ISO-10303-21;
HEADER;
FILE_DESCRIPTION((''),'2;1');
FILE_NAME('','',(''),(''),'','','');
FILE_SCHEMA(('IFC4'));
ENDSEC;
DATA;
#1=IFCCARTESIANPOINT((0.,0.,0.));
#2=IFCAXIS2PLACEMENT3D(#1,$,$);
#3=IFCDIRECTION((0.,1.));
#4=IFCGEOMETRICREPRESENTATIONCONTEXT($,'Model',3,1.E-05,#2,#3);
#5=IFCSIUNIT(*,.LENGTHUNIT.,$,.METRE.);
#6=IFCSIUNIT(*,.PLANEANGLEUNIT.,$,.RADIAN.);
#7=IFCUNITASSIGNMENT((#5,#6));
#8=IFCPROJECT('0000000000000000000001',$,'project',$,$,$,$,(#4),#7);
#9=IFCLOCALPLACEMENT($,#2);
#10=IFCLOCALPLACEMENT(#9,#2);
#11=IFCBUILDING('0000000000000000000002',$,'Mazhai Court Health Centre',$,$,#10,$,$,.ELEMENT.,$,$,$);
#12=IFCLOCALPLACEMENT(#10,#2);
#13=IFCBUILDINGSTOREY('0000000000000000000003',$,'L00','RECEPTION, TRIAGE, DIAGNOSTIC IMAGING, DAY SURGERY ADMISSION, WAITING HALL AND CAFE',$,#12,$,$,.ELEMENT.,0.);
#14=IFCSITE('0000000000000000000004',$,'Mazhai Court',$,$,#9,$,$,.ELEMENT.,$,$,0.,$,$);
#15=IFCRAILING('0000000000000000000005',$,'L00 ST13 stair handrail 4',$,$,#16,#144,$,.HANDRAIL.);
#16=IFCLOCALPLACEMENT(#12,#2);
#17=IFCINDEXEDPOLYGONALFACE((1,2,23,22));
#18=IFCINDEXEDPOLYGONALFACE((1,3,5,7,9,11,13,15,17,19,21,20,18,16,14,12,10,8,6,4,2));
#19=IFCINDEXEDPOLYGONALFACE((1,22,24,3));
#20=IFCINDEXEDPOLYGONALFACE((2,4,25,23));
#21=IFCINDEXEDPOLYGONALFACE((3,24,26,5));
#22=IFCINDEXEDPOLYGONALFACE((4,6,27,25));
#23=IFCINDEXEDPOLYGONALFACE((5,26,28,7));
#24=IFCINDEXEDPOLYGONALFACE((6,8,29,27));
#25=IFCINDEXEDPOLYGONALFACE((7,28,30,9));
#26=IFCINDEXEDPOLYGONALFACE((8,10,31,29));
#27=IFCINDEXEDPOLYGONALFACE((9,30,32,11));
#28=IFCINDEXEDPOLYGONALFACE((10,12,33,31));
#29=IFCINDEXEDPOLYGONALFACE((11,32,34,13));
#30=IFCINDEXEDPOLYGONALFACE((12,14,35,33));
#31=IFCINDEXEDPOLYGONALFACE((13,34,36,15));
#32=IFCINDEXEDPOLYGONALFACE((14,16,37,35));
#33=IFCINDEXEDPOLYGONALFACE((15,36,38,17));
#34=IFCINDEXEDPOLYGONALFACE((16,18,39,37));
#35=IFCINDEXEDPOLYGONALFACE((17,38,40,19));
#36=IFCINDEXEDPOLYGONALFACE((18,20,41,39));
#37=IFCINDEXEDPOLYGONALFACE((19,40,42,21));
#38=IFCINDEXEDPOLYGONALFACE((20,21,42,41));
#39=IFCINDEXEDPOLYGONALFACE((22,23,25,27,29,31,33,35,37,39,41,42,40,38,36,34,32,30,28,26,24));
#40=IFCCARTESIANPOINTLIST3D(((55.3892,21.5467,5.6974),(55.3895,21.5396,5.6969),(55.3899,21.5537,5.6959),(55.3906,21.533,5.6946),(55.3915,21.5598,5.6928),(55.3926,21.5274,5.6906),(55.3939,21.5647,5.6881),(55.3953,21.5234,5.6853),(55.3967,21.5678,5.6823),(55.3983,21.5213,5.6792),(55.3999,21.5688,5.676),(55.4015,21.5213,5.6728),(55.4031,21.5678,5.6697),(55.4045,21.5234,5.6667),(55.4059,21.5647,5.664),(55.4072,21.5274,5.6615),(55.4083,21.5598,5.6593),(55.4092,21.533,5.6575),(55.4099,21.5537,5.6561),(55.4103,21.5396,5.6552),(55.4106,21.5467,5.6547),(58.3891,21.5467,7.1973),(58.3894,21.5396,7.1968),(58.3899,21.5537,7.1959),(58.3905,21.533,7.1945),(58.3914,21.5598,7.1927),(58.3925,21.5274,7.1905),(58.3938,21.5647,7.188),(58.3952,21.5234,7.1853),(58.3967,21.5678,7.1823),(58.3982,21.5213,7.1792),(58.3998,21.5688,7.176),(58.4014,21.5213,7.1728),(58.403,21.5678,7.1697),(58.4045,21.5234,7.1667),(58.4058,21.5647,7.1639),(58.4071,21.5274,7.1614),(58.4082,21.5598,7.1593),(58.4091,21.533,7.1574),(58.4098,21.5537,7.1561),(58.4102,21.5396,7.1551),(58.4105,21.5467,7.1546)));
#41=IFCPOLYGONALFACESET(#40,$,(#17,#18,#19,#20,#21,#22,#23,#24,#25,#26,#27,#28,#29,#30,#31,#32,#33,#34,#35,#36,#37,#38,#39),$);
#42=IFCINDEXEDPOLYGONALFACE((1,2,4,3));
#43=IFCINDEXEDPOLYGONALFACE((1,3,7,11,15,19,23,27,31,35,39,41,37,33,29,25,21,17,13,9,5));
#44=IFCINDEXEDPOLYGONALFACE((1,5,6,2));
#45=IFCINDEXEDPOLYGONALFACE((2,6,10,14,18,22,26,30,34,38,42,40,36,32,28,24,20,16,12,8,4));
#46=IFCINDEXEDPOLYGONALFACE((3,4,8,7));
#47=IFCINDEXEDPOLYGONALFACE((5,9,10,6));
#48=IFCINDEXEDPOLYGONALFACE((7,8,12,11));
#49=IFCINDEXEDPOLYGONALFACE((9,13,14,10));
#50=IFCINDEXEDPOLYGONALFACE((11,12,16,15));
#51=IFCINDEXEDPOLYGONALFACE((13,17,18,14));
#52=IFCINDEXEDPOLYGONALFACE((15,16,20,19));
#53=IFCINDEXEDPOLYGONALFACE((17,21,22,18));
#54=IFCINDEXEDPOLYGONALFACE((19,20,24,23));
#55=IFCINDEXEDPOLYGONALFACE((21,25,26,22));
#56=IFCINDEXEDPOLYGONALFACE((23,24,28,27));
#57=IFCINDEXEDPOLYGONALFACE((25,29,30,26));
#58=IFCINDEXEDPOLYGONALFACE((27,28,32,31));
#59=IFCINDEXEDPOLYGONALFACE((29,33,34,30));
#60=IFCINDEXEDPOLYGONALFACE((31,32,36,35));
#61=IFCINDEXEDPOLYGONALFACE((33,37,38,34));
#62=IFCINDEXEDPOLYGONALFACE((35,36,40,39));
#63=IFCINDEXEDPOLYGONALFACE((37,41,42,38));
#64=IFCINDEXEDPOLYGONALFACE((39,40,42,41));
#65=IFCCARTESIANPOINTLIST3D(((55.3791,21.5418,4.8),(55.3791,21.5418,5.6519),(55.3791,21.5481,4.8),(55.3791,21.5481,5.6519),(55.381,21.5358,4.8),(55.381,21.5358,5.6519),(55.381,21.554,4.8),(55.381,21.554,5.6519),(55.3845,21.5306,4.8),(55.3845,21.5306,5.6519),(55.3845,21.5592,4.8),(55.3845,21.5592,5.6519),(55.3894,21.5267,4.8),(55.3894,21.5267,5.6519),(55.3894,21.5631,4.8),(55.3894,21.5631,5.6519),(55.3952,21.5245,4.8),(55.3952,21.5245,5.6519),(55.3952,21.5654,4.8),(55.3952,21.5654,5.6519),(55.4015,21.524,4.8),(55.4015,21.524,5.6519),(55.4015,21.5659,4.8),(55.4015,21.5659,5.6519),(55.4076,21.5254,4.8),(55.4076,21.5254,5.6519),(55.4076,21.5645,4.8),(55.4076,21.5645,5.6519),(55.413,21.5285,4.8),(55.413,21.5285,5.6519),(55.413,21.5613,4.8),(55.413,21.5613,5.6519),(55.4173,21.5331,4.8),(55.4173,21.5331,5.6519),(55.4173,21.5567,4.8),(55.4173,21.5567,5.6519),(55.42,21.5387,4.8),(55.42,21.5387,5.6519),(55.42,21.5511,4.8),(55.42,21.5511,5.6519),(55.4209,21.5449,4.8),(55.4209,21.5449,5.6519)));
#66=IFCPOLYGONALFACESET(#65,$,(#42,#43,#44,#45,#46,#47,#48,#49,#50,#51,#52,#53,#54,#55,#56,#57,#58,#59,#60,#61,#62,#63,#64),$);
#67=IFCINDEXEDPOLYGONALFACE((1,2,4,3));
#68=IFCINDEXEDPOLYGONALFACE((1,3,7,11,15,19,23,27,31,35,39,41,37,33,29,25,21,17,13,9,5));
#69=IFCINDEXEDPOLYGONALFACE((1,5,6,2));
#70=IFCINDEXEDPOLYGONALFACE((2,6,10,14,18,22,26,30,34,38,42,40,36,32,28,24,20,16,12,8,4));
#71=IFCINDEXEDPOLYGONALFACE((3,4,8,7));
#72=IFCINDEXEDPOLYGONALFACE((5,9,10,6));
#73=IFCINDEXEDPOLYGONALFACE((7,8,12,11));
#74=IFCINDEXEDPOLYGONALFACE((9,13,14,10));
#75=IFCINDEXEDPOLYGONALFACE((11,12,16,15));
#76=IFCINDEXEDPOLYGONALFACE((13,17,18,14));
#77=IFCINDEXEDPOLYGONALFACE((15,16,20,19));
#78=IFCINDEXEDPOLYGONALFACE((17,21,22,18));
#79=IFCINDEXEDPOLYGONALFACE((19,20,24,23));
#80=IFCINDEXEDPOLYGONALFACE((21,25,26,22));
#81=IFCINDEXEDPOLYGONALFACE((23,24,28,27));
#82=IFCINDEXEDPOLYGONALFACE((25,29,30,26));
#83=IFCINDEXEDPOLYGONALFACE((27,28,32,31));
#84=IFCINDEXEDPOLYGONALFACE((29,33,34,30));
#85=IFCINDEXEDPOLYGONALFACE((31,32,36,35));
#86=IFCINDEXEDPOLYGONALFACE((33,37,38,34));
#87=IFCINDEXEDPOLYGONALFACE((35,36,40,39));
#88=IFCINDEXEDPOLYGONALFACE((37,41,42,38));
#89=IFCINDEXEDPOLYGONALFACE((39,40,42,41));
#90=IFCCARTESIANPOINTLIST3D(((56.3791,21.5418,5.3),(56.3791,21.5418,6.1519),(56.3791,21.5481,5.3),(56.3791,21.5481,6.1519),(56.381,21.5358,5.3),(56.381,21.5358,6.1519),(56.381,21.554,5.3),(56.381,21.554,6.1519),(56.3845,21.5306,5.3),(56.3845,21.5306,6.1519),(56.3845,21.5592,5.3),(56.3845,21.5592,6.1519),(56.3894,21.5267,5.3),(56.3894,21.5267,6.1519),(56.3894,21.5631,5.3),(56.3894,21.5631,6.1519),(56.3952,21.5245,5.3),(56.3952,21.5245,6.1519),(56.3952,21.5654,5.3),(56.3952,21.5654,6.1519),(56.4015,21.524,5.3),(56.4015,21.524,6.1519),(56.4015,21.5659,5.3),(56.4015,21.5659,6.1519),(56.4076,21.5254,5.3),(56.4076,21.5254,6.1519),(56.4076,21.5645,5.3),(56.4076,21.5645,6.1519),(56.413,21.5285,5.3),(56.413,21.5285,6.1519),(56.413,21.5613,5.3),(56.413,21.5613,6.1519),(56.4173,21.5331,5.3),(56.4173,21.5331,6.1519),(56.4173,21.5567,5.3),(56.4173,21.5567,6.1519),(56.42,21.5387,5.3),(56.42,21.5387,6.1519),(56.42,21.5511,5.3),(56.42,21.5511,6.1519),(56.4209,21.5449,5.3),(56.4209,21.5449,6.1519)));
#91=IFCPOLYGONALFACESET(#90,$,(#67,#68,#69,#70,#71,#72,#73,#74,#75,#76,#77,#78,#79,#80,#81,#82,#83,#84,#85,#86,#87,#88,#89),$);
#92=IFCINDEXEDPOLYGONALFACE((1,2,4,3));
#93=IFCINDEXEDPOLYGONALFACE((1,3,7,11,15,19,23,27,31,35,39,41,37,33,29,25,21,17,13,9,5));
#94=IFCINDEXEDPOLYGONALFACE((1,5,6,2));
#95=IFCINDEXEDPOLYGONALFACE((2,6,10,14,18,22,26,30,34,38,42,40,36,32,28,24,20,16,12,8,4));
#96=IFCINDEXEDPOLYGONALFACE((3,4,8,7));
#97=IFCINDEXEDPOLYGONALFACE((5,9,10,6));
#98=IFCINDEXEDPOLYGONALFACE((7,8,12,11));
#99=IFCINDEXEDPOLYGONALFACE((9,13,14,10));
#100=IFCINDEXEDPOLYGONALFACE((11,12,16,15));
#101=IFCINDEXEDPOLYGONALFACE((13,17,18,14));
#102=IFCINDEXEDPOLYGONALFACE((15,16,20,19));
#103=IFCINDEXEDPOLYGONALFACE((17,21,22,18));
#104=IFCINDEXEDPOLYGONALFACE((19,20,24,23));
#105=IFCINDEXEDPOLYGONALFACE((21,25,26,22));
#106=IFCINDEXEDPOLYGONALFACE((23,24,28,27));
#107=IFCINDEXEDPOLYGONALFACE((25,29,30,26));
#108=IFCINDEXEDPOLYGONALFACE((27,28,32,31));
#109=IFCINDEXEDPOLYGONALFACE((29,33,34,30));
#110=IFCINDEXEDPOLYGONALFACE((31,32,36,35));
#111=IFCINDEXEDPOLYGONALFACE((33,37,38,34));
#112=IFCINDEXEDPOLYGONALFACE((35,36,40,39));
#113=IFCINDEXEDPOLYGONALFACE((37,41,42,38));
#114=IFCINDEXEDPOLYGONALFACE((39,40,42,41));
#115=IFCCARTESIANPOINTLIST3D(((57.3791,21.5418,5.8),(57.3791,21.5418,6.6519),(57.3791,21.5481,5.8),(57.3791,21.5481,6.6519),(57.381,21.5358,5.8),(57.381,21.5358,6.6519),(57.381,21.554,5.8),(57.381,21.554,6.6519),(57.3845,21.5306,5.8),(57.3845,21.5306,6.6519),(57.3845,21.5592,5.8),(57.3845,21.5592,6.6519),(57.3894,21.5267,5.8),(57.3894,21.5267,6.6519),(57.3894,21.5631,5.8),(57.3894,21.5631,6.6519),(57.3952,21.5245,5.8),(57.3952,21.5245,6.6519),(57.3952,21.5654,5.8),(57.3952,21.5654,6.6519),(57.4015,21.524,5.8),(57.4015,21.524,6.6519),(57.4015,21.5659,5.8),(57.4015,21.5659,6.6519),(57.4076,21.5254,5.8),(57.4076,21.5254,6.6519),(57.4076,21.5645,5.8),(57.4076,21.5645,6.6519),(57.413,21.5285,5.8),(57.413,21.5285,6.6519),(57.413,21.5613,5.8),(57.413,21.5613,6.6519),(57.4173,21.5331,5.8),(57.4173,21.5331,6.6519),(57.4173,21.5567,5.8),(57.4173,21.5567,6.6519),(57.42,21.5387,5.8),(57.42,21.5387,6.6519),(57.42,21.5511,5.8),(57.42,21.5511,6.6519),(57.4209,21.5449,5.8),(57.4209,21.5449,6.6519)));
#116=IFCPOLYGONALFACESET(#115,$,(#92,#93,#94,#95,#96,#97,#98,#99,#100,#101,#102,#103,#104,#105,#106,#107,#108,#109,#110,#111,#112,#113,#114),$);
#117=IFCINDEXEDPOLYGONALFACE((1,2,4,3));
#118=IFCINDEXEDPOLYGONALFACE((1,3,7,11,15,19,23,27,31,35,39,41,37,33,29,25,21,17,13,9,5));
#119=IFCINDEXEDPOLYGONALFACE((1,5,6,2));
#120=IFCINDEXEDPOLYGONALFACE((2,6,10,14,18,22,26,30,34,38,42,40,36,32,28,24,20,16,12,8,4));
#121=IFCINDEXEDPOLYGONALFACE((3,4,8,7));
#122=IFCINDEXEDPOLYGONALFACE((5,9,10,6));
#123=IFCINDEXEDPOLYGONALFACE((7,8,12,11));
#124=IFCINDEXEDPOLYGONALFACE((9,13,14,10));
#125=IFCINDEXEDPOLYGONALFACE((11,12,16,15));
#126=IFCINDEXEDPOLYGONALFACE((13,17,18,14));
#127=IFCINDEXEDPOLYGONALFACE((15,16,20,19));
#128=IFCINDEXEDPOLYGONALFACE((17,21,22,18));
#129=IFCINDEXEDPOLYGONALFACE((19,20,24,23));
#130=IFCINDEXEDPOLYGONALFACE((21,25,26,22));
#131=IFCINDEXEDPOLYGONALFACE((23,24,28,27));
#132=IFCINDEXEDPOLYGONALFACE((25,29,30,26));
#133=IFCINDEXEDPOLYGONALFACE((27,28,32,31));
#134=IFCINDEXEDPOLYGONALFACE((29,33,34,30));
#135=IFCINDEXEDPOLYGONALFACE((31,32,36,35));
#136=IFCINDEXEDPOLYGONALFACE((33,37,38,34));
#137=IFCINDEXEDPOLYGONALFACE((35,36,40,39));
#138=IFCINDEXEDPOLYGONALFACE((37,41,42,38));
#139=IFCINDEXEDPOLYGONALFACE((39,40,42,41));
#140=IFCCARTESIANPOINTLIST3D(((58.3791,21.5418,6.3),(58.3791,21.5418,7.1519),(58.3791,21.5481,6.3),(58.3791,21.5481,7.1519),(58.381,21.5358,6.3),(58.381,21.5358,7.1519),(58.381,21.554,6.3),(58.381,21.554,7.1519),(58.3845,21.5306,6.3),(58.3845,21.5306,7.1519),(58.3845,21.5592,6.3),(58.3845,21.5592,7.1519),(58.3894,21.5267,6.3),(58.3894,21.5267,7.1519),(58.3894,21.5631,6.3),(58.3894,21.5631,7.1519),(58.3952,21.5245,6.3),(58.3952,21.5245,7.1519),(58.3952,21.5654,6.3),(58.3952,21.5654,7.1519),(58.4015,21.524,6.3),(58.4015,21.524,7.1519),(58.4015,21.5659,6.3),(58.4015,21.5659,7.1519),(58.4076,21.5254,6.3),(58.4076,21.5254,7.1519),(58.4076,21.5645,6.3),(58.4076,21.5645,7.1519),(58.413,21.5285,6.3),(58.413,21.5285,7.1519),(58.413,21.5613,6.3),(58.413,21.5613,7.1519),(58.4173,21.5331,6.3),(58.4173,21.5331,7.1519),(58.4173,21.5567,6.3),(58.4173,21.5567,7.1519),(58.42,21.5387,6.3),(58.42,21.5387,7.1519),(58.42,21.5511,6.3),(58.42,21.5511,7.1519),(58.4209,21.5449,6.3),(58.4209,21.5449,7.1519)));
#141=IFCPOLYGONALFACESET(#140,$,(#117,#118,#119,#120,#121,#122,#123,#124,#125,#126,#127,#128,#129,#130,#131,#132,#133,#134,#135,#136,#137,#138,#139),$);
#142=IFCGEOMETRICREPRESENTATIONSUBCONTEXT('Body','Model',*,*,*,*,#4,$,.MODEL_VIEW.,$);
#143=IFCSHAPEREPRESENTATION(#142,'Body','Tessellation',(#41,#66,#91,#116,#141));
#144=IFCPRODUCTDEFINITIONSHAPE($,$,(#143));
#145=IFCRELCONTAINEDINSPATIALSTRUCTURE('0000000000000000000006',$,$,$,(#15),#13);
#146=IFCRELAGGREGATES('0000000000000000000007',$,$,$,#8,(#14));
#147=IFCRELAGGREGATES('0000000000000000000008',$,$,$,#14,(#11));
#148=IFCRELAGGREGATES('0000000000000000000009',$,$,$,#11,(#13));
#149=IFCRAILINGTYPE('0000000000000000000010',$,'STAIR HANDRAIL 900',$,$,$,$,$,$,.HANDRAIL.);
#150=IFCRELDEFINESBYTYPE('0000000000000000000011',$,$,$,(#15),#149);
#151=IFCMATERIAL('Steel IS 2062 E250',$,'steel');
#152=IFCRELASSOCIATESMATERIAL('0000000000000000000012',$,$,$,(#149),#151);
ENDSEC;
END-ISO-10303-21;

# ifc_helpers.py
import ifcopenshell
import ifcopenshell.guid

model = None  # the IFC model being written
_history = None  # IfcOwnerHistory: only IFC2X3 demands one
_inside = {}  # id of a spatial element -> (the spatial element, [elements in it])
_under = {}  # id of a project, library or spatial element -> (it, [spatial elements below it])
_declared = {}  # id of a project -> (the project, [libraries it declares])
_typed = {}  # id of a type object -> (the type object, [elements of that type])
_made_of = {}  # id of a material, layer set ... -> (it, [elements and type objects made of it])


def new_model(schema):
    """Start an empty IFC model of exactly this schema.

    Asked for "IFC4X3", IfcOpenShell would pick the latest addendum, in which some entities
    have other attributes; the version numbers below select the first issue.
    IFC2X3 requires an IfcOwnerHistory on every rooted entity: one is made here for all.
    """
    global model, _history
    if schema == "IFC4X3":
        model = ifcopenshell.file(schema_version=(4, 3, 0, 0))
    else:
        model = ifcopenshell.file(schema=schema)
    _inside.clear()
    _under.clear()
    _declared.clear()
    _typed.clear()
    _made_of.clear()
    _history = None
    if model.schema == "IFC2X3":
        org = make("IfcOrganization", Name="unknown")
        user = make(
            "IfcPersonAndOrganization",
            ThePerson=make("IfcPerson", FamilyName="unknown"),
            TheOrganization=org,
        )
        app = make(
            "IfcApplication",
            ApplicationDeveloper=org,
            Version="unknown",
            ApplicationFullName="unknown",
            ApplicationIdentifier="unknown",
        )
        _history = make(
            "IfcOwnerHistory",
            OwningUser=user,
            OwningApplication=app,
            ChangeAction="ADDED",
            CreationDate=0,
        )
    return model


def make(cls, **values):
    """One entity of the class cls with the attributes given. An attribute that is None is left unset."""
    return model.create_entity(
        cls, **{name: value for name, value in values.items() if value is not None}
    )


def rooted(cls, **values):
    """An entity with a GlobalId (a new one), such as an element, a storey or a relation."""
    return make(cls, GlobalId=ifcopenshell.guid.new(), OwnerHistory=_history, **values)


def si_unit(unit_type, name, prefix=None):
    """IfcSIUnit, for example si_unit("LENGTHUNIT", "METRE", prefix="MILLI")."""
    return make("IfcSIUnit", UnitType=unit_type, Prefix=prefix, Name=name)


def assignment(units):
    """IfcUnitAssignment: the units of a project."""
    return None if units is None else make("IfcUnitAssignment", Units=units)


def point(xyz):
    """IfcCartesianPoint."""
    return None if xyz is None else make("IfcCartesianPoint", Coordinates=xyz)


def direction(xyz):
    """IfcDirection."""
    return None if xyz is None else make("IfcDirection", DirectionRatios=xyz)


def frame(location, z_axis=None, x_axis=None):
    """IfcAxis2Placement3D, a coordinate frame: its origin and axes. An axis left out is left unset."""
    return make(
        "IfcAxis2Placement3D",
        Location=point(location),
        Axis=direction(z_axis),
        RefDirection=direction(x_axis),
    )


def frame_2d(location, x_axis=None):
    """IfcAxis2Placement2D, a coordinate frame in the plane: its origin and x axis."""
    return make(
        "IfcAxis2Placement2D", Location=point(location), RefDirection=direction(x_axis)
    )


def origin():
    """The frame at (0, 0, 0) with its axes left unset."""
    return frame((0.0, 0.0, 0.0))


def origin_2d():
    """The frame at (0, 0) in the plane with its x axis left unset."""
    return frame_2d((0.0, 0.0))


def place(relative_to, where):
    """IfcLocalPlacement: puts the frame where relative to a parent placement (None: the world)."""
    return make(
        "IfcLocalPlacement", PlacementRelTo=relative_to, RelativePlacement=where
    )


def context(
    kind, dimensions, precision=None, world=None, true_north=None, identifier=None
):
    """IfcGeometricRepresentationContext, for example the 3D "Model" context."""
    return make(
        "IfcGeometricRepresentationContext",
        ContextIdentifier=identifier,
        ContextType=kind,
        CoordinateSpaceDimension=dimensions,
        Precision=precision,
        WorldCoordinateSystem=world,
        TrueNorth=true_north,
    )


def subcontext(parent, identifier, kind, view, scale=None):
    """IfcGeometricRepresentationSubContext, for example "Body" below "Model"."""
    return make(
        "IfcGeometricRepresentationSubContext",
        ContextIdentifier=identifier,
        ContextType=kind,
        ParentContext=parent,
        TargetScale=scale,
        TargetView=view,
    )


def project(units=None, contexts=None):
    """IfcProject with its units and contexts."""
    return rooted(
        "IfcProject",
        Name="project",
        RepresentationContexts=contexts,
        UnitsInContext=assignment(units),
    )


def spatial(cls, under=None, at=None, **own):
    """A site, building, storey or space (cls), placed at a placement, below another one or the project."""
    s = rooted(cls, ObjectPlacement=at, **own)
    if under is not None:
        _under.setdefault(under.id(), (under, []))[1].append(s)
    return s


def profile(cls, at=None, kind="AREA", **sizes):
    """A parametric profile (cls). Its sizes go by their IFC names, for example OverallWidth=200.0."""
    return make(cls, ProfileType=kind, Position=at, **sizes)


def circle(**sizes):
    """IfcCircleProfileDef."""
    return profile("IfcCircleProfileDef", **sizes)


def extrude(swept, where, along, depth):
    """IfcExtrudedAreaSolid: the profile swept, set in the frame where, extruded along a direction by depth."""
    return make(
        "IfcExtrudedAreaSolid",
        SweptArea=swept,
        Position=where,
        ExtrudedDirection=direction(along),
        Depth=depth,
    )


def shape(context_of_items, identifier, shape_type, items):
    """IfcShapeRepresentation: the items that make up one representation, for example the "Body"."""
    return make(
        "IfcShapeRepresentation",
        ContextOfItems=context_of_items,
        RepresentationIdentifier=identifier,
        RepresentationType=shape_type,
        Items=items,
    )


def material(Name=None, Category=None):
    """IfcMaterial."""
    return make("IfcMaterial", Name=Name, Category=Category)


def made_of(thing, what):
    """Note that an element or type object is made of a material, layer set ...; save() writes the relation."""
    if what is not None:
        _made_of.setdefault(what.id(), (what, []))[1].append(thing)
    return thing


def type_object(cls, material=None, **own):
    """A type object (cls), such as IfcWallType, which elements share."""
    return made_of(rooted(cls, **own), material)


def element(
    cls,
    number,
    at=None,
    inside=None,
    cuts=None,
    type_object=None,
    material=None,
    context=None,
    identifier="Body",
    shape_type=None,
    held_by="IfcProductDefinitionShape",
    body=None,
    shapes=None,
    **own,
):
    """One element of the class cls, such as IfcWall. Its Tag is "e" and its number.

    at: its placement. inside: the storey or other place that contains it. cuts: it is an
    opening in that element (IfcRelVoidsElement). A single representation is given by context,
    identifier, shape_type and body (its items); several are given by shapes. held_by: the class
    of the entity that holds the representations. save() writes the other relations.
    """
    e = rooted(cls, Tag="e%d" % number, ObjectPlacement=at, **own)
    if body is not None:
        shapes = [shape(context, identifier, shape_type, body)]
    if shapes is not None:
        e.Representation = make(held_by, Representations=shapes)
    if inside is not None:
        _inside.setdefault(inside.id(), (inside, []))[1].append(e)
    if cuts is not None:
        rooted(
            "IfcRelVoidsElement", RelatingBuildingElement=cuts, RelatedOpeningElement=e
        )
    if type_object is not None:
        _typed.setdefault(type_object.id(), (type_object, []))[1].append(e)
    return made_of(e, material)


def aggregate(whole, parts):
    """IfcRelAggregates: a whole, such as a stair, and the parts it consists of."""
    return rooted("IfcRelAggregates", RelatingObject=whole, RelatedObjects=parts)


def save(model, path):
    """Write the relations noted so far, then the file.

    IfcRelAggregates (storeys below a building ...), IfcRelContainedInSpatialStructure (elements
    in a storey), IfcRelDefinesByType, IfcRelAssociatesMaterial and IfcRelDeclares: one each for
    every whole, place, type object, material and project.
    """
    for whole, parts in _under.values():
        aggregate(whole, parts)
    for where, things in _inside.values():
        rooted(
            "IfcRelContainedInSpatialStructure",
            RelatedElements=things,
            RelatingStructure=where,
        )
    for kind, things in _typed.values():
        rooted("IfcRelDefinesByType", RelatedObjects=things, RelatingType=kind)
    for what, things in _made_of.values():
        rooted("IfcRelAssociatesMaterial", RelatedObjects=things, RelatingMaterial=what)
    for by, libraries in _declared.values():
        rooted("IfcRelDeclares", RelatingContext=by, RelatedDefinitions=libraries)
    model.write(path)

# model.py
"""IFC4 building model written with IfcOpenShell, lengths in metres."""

from ifc_helpers import new_model, si_unit, direction, frame, origin, origin_2d, place, context, subcontext, project, spatial, circle, extrude, material, type_object, element, save


model = new_model("IFC4")

# Units and contexts
model_context = context("Model", 3, precision=1e-05, world=origin(), true_north=direction((0.0, 1.0)))
body_context = subcontext(model_context, "Body", "Model", "MODEL_VIEW")
ifc_project = project(units=[si_unit("LENGTHUNIT", "METRE"), si_unit("PLANEANGLEUNIT", "RADIAN")], contexts=[model_context])

# Site, building, storey
site_placement = place(None, origin())
site = spatial("IfcSite", under=ifc_project, at=site_placement, Name="Mazhai Court", CompositionType="ELEMENT", RefElevation=0.0)
building_placement = place(site_placement, origin())
building = spatial("IfcBuilding", under=site, at=building_placement, Name="Mazhai Court Health Centre", CompositionType="ELEMENT")
storey_placement = place(building_placement, origin())
storey = spatial("IfcBuildingStorey", under=building, at=storey_placement, Name="L00", Description="RECEPTION, TRIAGE, DIAGNOSTIC IMAGING, DAY SURGERY ADMISSION, WAITING HALL AND CAFE", CompositionType="ELEMENT", Elevation=0.0)

# Railing
ifc_material_1 = material(Name="Steel IS 2062 E250", Category="steel")
railing_type_1 = type_object("IfcRailingType", Name="STAIR HANDRAIL 900", PredefinedType="HANDRAIL", material=ifc_material_1)
railing_1_placement = place(storey_placement, frame((55.3999, 21.5449, 4.8)))
element("IfcRailing", 1, at=railing_1_placement, inside=storey, type_object=railing_type_1, Name="L00 ST13 stair handrail 4", PredefinedType="HANDRAIL", context=body_context, shape_type="SweptSolid", body=[
    extrude(circle(Radius=0.0239, at=origin_2d()), frame((0.0, 0.0, 0.876), z_axis=(0.894427, 0.0, 0.447214), x_axis=(0.0, 1.0, 0.0)), (0.0, 0.0, 1.0), 3.354),
    extrude(circle(Radius=0.021, at=origin_2d()), origin(), (0.0, 0.0, 1.0), 0.8518),
    extrude(circle(Radius=0.021, at=origin_2d()), frame((1.0, 0.0, 0.5)), (0.0, 0.0, 1.0), 0.8518),
    extrude(circle(Radius=0.021, at=origin_2d()), frame((2.0, 0.0, 1.0)), (0.0, 0.0, 1.0), 0.8518),
    extrude(circle(Radius=0.021, at=origin_2d()), frame((3.0, 0.0, 1.5)), (0.0, 0.0, 1.0), 0.8518),
])

save(model, "model.ifc")
